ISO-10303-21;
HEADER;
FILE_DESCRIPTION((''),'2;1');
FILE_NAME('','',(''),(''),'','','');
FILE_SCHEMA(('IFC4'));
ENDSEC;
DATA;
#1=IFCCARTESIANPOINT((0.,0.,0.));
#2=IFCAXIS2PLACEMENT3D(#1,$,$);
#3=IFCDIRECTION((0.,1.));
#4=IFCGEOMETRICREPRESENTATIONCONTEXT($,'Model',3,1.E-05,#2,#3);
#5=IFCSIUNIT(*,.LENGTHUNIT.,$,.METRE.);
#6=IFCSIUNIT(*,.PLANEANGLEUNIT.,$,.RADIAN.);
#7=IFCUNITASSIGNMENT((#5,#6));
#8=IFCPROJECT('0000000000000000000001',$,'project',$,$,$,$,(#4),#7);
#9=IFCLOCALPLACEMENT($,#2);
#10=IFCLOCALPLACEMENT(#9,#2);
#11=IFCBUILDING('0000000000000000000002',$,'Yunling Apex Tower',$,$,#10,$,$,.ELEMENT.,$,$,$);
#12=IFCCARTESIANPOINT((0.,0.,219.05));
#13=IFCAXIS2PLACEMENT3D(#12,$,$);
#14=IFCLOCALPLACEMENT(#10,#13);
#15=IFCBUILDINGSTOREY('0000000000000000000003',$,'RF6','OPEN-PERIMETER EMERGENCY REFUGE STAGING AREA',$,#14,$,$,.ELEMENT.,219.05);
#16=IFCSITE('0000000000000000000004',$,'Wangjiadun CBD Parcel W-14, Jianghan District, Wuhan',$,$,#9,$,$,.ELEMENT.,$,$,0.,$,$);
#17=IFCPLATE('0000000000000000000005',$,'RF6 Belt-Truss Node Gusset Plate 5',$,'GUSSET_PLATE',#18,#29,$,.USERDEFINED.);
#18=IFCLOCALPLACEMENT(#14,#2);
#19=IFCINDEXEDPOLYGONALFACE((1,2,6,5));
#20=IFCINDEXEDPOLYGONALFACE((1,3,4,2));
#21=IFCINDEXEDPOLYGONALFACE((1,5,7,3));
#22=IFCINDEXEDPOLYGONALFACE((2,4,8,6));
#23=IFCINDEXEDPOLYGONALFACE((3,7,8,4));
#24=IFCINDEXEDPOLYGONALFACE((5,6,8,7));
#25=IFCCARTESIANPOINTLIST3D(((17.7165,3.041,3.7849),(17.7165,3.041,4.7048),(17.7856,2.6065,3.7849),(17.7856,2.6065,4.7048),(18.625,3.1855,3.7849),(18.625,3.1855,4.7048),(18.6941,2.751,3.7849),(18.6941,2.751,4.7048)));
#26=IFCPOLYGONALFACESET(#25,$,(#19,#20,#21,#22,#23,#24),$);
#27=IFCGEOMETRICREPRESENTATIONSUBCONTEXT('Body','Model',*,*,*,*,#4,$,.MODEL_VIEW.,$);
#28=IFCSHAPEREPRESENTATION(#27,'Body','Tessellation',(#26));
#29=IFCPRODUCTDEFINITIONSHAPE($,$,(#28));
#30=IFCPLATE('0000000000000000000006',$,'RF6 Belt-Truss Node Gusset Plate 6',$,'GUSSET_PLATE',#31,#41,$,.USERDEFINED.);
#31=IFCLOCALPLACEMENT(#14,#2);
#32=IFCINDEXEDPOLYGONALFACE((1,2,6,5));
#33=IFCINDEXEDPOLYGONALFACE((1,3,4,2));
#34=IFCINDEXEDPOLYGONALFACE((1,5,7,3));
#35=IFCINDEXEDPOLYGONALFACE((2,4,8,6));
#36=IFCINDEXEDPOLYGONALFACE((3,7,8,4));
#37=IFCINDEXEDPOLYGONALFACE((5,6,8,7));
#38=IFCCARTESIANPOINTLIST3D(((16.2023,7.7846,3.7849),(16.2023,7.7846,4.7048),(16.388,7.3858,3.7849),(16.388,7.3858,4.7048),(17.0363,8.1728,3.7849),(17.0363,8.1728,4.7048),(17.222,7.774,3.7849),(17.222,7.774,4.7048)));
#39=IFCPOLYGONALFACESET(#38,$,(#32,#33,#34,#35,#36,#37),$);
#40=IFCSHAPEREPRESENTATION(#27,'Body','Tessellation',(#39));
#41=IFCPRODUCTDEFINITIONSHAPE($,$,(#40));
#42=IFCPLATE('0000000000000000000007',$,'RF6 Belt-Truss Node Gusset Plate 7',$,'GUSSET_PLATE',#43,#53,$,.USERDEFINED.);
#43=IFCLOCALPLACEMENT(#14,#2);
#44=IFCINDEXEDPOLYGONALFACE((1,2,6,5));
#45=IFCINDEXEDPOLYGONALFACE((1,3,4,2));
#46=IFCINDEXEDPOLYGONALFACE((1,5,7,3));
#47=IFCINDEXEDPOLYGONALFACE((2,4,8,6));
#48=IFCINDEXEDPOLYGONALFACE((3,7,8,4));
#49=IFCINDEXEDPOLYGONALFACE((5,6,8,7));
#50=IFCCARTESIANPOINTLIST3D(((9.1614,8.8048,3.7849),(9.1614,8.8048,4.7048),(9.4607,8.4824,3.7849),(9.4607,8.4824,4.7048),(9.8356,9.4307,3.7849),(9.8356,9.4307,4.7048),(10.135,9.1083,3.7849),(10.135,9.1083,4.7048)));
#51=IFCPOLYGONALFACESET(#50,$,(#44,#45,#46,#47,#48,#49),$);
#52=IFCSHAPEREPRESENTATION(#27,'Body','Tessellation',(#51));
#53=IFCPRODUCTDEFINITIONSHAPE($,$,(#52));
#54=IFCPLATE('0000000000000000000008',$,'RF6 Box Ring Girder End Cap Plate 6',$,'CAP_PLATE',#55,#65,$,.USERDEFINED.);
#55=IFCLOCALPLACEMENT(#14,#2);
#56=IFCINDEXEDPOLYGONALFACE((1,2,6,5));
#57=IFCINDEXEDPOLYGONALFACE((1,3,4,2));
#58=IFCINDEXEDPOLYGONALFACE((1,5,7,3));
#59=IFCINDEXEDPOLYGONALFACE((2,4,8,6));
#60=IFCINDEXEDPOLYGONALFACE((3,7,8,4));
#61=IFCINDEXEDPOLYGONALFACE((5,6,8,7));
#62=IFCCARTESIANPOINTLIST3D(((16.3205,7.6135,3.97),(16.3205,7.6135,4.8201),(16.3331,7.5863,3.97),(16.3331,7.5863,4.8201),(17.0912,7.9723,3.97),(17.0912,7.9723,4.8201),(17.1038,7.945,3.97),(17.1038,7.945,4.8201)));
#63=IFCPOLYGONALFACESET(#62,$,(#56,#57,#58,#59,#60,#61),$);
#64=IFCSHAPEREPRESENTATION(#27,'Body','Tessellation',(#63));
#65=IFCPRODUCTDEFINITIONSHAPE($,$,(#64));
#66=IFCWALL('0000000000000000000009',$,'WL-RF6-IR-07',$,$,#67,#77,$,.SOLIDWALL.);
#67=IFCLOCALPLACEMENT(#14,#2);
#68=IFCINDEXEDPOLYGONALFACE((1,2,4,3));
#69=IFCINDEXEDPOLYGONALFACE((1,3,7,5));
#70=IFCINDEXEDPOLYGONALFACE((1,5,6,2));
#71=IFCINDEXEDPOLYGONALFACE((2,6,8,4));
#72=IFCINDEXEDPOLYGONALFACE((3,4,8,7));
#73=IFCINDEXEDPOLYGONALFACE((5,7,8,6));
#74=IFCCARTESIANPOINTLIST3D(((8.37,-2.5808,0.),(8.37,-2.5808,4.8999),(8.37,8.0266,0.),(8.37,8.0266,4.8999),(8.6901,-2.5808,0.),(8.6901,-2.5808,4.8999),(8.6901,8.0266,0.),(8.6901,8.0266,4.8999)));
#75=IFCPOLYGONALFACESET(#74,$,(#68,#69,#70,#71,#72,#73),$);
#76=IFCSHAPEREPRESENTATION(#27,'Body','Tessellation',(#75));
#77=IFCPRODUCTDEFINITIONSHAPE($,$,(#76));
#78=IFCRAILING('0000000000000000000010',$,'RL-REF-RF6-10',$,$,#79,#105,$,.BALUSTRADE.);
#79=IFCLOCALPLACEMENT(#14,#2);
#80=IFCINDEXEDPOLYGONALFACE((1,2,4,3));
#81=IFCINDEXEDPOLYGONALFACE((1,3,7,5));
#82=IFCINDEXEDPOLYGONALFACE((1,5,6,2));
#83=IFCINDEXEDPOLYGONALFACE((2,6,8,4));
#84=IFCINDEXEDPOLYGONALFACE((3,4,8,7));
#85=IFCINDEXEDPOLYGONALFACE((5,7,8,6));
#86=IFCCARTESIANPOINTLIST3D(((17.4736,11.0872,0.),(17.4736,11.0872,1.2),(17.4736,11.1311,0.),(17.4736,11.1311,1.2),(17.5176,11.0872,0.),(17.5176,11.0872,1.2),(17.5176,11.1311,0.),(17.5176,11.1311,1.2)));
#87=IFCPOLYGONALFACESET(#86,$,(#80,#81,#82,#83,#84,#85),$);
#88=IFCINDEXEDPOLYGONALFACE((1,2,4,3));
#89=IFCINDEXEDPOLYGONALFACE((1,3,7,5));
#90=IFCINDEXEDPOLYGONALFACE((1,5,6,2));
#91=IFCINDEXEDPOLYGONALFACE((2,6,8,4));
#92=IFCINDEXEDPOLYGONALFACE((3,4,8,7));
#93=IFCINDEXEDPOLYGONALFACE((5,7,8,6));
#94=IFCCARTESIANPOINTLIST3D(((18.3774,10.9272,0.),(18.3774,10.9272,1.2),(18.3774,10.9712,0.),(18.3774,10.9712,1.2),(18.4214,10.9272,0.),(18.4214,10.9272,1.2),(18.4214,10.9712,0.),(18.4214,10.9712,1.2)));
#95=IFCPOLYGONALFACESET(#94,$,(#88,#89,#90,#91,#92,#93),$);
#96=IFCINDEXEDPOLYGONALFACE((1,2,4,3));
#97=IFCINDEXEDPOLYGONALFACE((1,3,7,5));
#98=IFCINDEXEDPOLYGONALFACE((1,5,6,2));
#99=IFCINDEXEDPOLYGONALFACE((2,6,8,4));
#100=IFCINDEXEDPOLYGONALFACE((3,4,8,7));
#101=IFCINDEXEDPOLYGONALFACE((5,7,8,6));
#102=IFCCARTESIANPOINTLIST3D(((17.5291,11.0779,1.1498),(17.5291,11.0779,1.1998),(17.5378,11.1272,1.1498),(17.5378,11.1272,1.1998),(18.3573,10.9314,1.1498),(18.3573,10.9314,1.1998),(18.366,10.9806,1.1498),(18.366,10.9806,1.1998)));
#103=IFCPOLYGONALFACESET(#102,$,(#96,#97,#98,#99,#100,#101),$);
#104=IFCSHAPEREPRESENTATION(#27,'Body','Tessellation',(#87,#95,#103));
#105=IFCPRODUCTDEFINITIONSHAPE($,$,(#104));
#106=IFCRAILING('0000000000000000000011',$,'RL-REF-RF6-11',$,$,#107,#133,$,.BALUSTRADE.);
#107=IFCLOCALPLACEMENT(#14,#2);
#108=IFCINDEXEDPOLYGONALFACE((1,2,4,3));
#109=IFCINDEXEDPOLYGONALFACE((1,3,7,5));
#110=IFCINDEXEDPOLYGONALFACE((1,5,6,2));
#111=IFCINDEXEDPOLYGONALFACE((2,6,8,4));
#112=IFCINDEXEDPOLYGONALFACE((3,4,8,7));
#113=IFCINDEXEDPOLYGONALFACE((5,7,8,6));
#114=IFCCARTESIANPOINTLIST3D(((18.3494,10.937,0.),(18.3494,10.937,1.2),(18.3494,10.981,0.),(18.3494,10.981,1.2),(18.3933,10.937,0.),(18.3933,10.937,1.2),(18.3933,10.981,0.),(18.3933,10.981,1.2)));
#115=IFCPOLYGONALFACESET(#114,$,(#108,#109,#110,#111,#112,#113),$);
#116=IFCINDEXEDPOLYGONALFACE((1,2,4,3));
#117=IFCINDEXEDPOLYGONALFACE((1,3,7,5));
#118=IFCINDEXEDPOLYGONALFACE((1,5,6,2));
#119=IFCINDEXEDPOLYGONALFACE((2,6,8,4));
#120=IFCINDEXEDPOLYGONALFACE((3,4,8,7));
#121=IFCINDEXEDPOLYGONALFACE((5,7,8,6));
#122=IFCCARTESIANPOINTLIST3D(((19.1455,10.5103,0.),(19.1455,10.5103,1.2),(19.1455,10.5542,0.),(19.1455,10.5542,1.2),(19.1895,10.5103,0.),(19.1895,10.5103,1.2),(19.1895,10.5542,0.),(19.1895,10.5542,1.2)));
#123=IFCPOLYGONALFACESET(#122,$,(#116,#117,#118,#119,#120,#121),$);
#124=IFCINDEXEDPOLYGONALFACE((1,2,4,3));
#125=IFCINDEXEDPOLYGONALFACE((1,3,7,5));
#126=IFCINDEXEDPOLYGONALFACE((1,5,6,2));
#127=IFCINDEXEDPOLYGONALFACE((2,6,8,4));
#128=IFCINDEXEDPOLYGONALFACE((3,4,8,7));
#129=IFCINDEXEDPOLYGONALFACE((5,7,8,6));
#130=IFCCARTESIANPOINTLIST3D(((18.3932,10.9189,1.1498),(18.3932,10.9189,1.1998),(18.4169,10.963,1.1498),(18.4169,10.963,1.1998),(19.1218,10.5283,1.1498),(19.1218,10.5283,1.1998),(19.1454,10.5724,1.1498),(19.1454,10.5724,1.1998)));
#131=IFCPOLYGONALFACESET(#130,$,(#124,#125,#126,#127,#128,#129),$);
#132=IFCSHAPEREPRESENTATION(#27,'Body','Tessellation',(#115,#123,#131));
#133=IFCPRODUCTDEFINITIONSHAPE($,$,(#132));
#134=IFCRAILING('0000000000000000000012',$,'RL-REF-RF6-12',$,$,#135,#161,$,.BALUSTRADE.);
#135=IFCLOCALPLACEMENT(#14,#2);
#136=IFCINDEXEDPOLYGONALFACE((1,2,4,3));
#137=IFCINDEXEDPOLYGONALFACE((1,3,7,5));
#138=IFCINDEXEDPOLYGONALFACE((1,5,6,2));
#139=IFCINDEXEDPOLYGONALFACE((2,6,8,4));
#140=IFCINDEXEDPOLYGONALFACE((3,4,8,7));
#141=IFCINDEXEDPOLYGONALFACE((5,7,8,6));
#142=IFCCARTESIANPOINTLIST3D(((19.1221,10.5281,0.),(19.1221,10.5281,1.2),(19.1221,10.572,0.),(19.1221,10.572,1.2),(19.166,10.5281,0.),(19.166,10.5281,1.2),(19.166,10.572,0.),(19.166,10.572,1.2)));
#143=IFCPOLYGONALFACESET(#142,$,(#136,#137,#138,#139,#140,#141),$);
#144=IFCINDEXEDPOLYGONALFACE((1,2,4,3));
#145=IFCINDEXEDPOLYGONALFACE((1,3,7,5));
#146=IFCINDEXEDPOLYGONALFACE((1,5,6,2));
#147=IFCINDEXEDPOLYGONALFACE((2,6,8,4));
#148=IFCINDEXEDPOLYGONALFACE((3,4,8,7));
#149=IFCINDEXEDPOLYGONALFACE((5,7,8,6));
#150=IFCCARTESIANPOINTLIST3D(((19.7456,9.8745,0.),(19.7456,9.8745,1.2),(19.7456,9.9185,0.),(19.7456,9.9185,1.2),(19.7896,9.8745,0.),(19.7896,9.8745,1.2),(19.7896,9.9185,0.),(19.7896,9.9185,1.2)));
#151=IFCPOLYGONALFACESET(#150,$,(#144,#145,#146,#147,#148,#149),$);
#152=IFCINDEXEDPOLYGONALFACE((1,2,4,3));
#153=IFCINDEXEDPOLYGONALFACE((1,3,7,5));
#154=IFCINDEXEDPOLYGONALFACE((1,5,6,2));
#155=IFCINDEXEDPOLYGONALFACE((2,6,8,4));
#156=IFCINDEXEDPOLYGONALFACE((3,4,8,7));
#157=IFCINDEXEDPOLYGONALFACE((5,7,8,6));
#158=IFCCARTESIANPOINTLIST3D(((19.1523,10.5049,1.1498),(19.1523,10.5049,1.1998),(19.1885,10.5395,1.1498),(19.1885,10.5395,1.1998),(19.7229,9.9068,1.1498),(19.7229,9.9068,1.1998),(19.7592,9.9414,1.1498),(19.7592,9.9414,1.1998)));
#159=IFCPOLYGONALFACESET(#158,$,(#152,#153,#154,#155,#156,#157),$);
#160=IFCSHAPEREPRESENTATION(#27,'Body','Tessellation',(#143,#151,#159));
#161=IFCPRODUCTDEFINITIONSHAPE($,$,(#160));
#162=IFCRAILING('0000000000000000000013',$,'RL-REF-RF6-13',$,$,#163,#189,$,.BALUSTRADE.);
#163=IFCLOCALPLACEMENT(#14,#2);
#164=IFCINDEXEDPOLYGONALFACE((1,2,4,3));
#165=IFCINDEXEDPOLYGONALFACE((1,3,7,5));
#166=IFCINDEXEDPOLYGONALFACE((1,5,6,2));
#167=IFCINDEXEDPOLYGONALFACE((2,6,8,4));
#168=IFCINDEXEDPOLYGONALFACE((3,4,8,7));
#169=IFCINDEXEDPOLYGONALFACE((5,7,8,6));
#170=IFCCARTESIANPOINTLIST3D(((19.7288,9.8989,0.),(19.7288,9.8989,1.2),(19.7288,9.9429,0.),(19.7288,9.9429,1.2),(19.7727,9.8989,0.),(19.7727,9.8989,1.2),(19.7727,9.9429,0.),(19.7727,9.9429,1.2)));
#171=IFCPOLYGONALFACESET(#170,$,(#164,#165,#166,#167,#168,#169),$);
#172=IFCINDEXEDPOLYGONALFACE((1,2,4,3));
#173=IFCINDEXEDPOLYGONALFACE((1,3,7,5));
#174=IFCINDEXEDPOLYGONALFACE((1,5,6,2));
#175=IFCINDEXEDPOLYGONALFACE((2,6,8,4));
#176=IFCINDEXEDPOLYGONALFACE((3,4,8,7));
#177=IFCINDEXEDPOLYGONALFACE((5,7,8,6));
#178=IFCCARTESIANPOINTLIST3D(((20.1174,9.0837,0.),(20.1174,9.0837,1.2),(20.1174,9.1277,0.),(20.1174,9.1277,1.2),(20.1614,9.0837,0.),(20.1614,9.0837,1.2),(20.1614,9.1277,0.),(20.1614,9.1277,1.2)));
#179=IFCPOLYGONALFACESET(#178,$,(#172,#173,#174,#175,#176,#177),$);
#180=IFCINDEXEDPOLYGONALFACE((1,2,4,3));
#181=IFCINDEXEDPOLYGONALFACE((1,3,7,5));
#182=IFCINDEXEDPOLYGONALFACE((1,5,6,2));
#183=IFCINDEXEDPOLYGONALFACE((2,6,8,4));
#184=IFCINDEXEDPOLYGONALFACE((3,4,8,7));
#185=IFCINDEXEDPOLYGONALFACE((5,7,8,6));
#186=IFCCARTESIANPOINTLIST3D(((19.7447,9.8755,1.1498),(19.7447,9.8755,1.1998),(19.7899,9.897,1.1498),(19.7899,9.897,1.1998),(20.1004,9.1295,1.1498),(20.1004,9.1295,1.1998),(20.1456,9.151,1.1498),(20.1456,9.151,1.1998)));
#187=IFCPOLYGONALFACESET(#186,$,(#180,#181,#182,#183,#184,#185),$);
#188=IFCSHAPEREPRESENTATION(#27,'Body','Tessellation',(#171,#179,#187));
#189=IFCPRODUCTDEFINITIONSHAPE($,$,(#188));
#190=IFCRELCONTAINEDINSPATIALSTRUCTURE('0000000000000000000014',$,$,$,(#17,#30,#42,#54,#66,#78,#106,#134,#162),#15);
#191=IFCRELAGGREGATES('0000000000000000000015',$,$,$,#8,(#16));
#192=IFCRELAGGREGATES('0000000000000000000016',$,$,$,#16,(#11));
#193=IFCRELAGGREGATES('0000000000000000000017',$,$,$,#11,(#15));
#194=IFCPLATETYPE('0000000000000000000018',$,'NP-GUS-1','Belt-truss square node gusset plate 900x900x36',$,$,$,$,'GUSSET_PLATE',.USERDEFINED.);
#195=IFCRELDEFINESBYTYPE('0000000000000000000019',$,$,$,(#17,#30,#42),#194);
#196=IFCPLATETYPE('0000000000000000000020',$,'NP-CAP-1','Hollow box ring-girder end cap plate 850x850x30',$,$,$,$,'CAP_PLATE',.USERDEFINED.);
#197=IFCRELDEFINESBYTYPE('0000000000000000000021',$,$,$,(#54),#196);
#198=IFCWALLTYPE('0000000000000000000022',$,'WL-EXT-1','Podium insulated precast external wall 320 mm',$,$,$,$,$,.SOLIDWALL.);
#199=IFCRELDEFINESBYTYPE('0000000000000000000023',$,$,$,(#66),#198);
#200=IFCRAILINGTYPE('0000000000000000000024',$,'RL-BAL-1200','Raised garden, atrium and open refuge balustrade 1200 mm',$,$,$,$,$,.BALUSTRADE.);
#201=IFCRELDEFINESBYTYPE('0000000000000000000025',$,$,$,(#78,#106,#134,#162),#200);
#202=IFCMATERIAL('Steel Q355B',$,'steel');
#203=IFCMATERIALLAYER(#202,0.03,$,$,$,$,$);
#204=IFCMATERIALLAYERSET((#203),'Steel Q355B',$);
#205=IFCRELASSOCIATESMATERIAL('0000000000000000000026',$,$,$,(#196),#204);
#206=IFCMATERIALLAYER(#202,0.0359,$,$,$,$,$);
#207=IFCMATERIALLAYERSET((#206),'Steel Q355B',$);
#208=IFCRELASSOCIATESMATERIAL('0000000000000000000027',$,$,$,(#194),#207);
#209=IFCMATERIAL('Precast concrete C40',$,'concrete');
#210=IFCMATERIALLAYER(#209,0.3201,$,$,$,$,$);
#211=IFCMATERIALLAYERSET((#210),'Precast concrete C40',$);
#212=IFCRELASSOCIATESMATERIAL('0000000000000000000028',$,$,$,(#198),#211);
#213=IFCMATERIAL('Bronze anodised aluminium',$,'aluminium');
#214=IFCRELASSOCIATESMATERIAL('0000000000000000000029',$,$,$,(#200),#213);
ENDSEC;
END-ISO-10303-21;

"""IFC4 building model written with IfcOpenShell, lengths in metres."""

from ifc_helpers import new_model, si_unit, direction, frame, frame_2d, origin, origin_2d, place, context, subcontext, project, spatial, rectangle, extrude, source, transform, mapped, material, layer, layer_set, type_object, element, save


model = new_model("IFC4")

# Units and contexts
model_context = context("Model", 3, precision=1e-05, world=origin(), true_north=direction((0.0, 1.0)))
body_context = subcontext(model_context, "Body", "Model", "MODEL_VIEW")
ifc_project = project(units=[si_unit("LENGTHUNIT", "METRE"), si_unit("PLANEANGLEUNIT", "RADIAN")], contexts=[model_context])

# Site, building, storey
site_placement = place(None, origin())
site = spatial("IfcSite", under=ifc_project, at=site_placement, Name="Wangjiadun CBD Parcel W-14, Jianghan District, Wuhan", CompositionType="ELEMENT", RefElevation=0.0)
building_placement = place(site_placement, origin())
building = spatial("IfcBuilding", under=site, at=building_placement, Name="Yunling Apex Tower", CompositionType="ELEMENT")
storey_placement = place(building_placement, frame((0.0, 0.0, 219.05)))
storey = spatial("IfcBuildingStorey", under=building, at=storey_placement, Name="RF6", Description="OPEN-PERIMETER EMERGENCY REFUGE STAGING AREA", CompositionType="ELEMENT", Elevation=219.05)

# Shared definitions
ifc_material_1 = material(Name="Steel Q355B", Category="steel")

# Plates
ifc_layer_1 = layer(ifc_material_1, 0.03)
ifc_layer_set_1 = layer_set([ifc_layer_1], Name="Steel Q355B")
plate_type_1 = type_object("IfcPlateType", Name="NP-CAP-1", Description="Hollow box ring-girder end cap plate 850x850x30", ElementType="CAP_PLATE", PredefinedType="USERDEFINED", material=ifc_layer_set_1)
ifc_layer_2 = layer(ifc_material_1, 0.0359)
ifc_layer_set_2 = layer_set([ifc_layer_2], Name="Steel Q355B")
plate_type_2 = type_object("IfcPlateType", Name="NP-GUS-1", Description="Belt-truss square node gusset plate 900x900x36", ElementType="GUSSET_PLATE", PredefinedType="USERDEFINED", material=ifc_layer_set_2)
shared_shape_1 = source(origin(), body_context, "Body", "SweptSolid", [
    extrude(rectangle(XDim=0.9199, YDim=0.4399, at=origin_2d()), origin(), (0.0, 0.0, 1.0), 0.9199),
])
for number, where, z_axis, x_axis, name in (
    (1, (18.2053, 2.896, 3.7849), (0.0, 0.0, 1.0), (0.987579, 0.157124, 0.0), "RF6 Belt-Truss Node Gusset Plate 5"),
    (2, (16.7122, 7.7793, 3.7849), (0.0, 0.0, 1.0), (0.906603, 0.421985, 0.0), "RF6 Belt-Truss Node Gusset Plate 6"),
    (3, (9.6482, 8.9565, 3.7849), (0.0, 0.0, 1.0), (0.732899, 0.680337, 0.0), "RF6 Belt-Truss Node Gusset Plate 7"),
):
    element("IfcPlate", number, at=place(storey_placement, frame(where, z_axis=z_axis, x_axis=x_axis)), inside=storey, type_object=plate_type_2, Name=name, ObjectType="GUSSET_PLATE", PredefinedType="USERDEFINED", context=body_context, shape_type="MappedRepresentation", body=[
        mapped(shared_shape_1, transform((0.0, 0.0, 0.0), scale=1.0)),
    ])
shared_shape_2 = source(origin(), body_context, "Body", "SweptSolid", [
    extrude(rectangle(XDim=0.8501, YDim=0.03, at=origin_2d()), origin(), (0.0, 0.0, 1.0), 0.8501),
])
plate_placement = place(storey_placement, frame((16.7122, 7.7793, 3.97), z_axis=(0.0, 0.0, 1.0), x_axis=(0.906603, 0.421985, 0.0)))
element("IfcPlate", 4, at=plate_placement, inside=storey, type_object=plate_type_1, Name="RF6 Box Ring Girder End Cap Plate 6", ObjectType="CAP_PLATE", PredefinedType="USERDEFINED", context=body_context, shape_type="MappedRepresentation", body=[
    mapped(shared_shape_2, transform((0.0, 0.0, 0.0), scale=1.0)),
])

# Wall
ifc_material_2 = material(Name="Precast concrete C40", Category="concrete")
ifc_layer_3 = layer(ifc_material_2, 0.3201)
ifc_layer_set_3 = layer_set([ifc_layer_3], Name="Precast concrete C40")
wall_type = type_object("IfcWallType", Name="WL-EXT-1", Description="Podium insulated precast external wall 320 mm", PredefinedType="SOLIDWALL", material=ifc_layer_set_3)
wall_placement = place(storey_placement, frame((8.53, 8.0266, 0.0), z_axis=(0.0, 0.0, 1.0), x_axis=(0.0, -1.0, 0.0)))
element("IfcWall", 5, at=wall_placement, inside=storey, type_object=wall_type, Name="WL-RF6-IR-07", PredefinedType="SOLIDWALL", context=body_context, shape_type="SweptSolid", body=[
    extrude(rectangle(XDim=10.6074, YDim=0.3201, at=frame_2d((5.3037, 0.0))), origin(), (0.0, 0.0, 1.0), 4.8999),
])

# Railings
ifc_material_3 = material(Name="Bronze anodised aluminium", Category="aluminium")
railing_type = type_object("IfcRailingType", Name="RL-BAL-1200", Description="Raised garden, atrium and open refuge balustrade 1200 mm", PredefinedType="BALUSTRADE", material=ifc_material_3)
railing_1_placement = place(storey_placement, frame((17.4956, 11.1091, 0.0)))
element("IfcRailing", 6, at=railing_1_placement, inside=storey, type_object=railing_type, Name="RL-REF-RF6-10", PredefinedType="BALUSTRADE", context=body_context, shape_type="SweptSolid", body=[
    extrude(rectangle(XDim=0.0439, YDim=0.0439, at=origin_2d()), origin(), (0.0, 0.0, 1.0), 1.2),
    extrude(rectangle(XDim=0.0439, YDim=0.0439, at=origin_2d()), frame((0.9038, -0.1599, 0.0)), (0.0, 0.0, 1.0), 1.2),
    extrude(rectangle(XDim=0.05, YDim=0.05, at=origin_2d()), frame((0.0378, -0.0066, 1.1748), z_axis=(0.984706, -0.174225, 0.0), x_axis=(0.174225, 0.984706, 0.0)), (0.0, 0.0, 1.0), 0.8411),
])
railing_2_placement = place(storey_placement, frame((18.3713, 10.959, 0.0)))
element("IfcRailing", 7, at=railing_2_placement, inside=storey, type_object=railing_type, Name="RL-REF-RF6-11", PredefinedType="BALUSTRADE", context=body_context, shape_type="SweptSolid", body=[
    extrude(rectangle(XDim=0.0439, YDim=0.0439, at=origin_2d()), origin(), (0.0, 0.0, 1.0), 1.2),
    extrude(rectangle(XDim=0.0439, YDim=0.0439, at=origin_2d()), frame((0.7961, -0.4268, 0.0)), (0.0, 0.0, 1.0), 1.2),
    extrude(rectangle(XDim=0.05, YDim=0.05, at=origin_2d()), frame((0.0337, -0.0181, 1.1748), z_axis=(0.881363, -0.472439, 0.0), x_axis=(0.472439, 0.881363, 0.0)), (0.0, 0.0, 1.0), 0.8267),
])
railing_3_placement = place(storey_placement, frame((19.144, 10.55, 0.0)))
element("IfcRailing", 8, at=railing_3_placement, inside=storey, type_object=railing_type, Name="RL-REF-RF6-12", PredefinedType="BALUSTRADE", context=body_context, shape_type="SweptSolid", body=[
    extrude(rectangle(XDim=0.0439, YDim=0.0439, at=origin_2d()), origin(), (0.0, 0.0, 1.0), 1.2),
    extrude(rectangle(XDim=0.0439, YDim=0.0439, at=origin_2d()), frame((0.6235, -0.6536, 0.0)), (0.0, 0.0, 1.0), 1.2),
    extrude(rectangle(XDim=0.05, YDim=0.05, at=origin_2d()), frame((0.0264, -0.0278, 1.1748), z_axis=(0.690289, -0.723533, 0.0), x_axis=(0.723533, 0.690289, 0.0)), (0.0, 0.0, 1.0), 0.8267),
])
railing_4_placement = place(storey_placement, frame((19.7507, 9.9209, 0.0)))
element("IfcRailing", 9, at=railing_4_placement, inside=storey, type_object=railing_type, Name="RL-REF-RF6-13", PredefinedType="BALUSTRADE", context=body_context, shape_type="SweptSolid", body=[
    extrude(rectangle(XDim=0.0439, YDim=0.0439, at=origin_2d()), origin(), (0.0, 0.0, 1.0), 1.2),
    extrude(rectangle(XDim=0.0439, YDim=0.0439, at=origin_2d()), frame((0.3887, -0.8152, 0.0)), (0.0, 0.0, 1.0), 1.2),
    extrude(rectangle(XDim=0.05, YDim=0.05, at=origin_2d()), frame((0.0166, -0.0347, 1.1748), z_axis=(0.430374, -0.902651, 0.0), x_axis=(0.902651, 0.430374, 0.0)), (0.0, 0.0, 1.0), 0.8264),
])

save(model, "model.ifc")
